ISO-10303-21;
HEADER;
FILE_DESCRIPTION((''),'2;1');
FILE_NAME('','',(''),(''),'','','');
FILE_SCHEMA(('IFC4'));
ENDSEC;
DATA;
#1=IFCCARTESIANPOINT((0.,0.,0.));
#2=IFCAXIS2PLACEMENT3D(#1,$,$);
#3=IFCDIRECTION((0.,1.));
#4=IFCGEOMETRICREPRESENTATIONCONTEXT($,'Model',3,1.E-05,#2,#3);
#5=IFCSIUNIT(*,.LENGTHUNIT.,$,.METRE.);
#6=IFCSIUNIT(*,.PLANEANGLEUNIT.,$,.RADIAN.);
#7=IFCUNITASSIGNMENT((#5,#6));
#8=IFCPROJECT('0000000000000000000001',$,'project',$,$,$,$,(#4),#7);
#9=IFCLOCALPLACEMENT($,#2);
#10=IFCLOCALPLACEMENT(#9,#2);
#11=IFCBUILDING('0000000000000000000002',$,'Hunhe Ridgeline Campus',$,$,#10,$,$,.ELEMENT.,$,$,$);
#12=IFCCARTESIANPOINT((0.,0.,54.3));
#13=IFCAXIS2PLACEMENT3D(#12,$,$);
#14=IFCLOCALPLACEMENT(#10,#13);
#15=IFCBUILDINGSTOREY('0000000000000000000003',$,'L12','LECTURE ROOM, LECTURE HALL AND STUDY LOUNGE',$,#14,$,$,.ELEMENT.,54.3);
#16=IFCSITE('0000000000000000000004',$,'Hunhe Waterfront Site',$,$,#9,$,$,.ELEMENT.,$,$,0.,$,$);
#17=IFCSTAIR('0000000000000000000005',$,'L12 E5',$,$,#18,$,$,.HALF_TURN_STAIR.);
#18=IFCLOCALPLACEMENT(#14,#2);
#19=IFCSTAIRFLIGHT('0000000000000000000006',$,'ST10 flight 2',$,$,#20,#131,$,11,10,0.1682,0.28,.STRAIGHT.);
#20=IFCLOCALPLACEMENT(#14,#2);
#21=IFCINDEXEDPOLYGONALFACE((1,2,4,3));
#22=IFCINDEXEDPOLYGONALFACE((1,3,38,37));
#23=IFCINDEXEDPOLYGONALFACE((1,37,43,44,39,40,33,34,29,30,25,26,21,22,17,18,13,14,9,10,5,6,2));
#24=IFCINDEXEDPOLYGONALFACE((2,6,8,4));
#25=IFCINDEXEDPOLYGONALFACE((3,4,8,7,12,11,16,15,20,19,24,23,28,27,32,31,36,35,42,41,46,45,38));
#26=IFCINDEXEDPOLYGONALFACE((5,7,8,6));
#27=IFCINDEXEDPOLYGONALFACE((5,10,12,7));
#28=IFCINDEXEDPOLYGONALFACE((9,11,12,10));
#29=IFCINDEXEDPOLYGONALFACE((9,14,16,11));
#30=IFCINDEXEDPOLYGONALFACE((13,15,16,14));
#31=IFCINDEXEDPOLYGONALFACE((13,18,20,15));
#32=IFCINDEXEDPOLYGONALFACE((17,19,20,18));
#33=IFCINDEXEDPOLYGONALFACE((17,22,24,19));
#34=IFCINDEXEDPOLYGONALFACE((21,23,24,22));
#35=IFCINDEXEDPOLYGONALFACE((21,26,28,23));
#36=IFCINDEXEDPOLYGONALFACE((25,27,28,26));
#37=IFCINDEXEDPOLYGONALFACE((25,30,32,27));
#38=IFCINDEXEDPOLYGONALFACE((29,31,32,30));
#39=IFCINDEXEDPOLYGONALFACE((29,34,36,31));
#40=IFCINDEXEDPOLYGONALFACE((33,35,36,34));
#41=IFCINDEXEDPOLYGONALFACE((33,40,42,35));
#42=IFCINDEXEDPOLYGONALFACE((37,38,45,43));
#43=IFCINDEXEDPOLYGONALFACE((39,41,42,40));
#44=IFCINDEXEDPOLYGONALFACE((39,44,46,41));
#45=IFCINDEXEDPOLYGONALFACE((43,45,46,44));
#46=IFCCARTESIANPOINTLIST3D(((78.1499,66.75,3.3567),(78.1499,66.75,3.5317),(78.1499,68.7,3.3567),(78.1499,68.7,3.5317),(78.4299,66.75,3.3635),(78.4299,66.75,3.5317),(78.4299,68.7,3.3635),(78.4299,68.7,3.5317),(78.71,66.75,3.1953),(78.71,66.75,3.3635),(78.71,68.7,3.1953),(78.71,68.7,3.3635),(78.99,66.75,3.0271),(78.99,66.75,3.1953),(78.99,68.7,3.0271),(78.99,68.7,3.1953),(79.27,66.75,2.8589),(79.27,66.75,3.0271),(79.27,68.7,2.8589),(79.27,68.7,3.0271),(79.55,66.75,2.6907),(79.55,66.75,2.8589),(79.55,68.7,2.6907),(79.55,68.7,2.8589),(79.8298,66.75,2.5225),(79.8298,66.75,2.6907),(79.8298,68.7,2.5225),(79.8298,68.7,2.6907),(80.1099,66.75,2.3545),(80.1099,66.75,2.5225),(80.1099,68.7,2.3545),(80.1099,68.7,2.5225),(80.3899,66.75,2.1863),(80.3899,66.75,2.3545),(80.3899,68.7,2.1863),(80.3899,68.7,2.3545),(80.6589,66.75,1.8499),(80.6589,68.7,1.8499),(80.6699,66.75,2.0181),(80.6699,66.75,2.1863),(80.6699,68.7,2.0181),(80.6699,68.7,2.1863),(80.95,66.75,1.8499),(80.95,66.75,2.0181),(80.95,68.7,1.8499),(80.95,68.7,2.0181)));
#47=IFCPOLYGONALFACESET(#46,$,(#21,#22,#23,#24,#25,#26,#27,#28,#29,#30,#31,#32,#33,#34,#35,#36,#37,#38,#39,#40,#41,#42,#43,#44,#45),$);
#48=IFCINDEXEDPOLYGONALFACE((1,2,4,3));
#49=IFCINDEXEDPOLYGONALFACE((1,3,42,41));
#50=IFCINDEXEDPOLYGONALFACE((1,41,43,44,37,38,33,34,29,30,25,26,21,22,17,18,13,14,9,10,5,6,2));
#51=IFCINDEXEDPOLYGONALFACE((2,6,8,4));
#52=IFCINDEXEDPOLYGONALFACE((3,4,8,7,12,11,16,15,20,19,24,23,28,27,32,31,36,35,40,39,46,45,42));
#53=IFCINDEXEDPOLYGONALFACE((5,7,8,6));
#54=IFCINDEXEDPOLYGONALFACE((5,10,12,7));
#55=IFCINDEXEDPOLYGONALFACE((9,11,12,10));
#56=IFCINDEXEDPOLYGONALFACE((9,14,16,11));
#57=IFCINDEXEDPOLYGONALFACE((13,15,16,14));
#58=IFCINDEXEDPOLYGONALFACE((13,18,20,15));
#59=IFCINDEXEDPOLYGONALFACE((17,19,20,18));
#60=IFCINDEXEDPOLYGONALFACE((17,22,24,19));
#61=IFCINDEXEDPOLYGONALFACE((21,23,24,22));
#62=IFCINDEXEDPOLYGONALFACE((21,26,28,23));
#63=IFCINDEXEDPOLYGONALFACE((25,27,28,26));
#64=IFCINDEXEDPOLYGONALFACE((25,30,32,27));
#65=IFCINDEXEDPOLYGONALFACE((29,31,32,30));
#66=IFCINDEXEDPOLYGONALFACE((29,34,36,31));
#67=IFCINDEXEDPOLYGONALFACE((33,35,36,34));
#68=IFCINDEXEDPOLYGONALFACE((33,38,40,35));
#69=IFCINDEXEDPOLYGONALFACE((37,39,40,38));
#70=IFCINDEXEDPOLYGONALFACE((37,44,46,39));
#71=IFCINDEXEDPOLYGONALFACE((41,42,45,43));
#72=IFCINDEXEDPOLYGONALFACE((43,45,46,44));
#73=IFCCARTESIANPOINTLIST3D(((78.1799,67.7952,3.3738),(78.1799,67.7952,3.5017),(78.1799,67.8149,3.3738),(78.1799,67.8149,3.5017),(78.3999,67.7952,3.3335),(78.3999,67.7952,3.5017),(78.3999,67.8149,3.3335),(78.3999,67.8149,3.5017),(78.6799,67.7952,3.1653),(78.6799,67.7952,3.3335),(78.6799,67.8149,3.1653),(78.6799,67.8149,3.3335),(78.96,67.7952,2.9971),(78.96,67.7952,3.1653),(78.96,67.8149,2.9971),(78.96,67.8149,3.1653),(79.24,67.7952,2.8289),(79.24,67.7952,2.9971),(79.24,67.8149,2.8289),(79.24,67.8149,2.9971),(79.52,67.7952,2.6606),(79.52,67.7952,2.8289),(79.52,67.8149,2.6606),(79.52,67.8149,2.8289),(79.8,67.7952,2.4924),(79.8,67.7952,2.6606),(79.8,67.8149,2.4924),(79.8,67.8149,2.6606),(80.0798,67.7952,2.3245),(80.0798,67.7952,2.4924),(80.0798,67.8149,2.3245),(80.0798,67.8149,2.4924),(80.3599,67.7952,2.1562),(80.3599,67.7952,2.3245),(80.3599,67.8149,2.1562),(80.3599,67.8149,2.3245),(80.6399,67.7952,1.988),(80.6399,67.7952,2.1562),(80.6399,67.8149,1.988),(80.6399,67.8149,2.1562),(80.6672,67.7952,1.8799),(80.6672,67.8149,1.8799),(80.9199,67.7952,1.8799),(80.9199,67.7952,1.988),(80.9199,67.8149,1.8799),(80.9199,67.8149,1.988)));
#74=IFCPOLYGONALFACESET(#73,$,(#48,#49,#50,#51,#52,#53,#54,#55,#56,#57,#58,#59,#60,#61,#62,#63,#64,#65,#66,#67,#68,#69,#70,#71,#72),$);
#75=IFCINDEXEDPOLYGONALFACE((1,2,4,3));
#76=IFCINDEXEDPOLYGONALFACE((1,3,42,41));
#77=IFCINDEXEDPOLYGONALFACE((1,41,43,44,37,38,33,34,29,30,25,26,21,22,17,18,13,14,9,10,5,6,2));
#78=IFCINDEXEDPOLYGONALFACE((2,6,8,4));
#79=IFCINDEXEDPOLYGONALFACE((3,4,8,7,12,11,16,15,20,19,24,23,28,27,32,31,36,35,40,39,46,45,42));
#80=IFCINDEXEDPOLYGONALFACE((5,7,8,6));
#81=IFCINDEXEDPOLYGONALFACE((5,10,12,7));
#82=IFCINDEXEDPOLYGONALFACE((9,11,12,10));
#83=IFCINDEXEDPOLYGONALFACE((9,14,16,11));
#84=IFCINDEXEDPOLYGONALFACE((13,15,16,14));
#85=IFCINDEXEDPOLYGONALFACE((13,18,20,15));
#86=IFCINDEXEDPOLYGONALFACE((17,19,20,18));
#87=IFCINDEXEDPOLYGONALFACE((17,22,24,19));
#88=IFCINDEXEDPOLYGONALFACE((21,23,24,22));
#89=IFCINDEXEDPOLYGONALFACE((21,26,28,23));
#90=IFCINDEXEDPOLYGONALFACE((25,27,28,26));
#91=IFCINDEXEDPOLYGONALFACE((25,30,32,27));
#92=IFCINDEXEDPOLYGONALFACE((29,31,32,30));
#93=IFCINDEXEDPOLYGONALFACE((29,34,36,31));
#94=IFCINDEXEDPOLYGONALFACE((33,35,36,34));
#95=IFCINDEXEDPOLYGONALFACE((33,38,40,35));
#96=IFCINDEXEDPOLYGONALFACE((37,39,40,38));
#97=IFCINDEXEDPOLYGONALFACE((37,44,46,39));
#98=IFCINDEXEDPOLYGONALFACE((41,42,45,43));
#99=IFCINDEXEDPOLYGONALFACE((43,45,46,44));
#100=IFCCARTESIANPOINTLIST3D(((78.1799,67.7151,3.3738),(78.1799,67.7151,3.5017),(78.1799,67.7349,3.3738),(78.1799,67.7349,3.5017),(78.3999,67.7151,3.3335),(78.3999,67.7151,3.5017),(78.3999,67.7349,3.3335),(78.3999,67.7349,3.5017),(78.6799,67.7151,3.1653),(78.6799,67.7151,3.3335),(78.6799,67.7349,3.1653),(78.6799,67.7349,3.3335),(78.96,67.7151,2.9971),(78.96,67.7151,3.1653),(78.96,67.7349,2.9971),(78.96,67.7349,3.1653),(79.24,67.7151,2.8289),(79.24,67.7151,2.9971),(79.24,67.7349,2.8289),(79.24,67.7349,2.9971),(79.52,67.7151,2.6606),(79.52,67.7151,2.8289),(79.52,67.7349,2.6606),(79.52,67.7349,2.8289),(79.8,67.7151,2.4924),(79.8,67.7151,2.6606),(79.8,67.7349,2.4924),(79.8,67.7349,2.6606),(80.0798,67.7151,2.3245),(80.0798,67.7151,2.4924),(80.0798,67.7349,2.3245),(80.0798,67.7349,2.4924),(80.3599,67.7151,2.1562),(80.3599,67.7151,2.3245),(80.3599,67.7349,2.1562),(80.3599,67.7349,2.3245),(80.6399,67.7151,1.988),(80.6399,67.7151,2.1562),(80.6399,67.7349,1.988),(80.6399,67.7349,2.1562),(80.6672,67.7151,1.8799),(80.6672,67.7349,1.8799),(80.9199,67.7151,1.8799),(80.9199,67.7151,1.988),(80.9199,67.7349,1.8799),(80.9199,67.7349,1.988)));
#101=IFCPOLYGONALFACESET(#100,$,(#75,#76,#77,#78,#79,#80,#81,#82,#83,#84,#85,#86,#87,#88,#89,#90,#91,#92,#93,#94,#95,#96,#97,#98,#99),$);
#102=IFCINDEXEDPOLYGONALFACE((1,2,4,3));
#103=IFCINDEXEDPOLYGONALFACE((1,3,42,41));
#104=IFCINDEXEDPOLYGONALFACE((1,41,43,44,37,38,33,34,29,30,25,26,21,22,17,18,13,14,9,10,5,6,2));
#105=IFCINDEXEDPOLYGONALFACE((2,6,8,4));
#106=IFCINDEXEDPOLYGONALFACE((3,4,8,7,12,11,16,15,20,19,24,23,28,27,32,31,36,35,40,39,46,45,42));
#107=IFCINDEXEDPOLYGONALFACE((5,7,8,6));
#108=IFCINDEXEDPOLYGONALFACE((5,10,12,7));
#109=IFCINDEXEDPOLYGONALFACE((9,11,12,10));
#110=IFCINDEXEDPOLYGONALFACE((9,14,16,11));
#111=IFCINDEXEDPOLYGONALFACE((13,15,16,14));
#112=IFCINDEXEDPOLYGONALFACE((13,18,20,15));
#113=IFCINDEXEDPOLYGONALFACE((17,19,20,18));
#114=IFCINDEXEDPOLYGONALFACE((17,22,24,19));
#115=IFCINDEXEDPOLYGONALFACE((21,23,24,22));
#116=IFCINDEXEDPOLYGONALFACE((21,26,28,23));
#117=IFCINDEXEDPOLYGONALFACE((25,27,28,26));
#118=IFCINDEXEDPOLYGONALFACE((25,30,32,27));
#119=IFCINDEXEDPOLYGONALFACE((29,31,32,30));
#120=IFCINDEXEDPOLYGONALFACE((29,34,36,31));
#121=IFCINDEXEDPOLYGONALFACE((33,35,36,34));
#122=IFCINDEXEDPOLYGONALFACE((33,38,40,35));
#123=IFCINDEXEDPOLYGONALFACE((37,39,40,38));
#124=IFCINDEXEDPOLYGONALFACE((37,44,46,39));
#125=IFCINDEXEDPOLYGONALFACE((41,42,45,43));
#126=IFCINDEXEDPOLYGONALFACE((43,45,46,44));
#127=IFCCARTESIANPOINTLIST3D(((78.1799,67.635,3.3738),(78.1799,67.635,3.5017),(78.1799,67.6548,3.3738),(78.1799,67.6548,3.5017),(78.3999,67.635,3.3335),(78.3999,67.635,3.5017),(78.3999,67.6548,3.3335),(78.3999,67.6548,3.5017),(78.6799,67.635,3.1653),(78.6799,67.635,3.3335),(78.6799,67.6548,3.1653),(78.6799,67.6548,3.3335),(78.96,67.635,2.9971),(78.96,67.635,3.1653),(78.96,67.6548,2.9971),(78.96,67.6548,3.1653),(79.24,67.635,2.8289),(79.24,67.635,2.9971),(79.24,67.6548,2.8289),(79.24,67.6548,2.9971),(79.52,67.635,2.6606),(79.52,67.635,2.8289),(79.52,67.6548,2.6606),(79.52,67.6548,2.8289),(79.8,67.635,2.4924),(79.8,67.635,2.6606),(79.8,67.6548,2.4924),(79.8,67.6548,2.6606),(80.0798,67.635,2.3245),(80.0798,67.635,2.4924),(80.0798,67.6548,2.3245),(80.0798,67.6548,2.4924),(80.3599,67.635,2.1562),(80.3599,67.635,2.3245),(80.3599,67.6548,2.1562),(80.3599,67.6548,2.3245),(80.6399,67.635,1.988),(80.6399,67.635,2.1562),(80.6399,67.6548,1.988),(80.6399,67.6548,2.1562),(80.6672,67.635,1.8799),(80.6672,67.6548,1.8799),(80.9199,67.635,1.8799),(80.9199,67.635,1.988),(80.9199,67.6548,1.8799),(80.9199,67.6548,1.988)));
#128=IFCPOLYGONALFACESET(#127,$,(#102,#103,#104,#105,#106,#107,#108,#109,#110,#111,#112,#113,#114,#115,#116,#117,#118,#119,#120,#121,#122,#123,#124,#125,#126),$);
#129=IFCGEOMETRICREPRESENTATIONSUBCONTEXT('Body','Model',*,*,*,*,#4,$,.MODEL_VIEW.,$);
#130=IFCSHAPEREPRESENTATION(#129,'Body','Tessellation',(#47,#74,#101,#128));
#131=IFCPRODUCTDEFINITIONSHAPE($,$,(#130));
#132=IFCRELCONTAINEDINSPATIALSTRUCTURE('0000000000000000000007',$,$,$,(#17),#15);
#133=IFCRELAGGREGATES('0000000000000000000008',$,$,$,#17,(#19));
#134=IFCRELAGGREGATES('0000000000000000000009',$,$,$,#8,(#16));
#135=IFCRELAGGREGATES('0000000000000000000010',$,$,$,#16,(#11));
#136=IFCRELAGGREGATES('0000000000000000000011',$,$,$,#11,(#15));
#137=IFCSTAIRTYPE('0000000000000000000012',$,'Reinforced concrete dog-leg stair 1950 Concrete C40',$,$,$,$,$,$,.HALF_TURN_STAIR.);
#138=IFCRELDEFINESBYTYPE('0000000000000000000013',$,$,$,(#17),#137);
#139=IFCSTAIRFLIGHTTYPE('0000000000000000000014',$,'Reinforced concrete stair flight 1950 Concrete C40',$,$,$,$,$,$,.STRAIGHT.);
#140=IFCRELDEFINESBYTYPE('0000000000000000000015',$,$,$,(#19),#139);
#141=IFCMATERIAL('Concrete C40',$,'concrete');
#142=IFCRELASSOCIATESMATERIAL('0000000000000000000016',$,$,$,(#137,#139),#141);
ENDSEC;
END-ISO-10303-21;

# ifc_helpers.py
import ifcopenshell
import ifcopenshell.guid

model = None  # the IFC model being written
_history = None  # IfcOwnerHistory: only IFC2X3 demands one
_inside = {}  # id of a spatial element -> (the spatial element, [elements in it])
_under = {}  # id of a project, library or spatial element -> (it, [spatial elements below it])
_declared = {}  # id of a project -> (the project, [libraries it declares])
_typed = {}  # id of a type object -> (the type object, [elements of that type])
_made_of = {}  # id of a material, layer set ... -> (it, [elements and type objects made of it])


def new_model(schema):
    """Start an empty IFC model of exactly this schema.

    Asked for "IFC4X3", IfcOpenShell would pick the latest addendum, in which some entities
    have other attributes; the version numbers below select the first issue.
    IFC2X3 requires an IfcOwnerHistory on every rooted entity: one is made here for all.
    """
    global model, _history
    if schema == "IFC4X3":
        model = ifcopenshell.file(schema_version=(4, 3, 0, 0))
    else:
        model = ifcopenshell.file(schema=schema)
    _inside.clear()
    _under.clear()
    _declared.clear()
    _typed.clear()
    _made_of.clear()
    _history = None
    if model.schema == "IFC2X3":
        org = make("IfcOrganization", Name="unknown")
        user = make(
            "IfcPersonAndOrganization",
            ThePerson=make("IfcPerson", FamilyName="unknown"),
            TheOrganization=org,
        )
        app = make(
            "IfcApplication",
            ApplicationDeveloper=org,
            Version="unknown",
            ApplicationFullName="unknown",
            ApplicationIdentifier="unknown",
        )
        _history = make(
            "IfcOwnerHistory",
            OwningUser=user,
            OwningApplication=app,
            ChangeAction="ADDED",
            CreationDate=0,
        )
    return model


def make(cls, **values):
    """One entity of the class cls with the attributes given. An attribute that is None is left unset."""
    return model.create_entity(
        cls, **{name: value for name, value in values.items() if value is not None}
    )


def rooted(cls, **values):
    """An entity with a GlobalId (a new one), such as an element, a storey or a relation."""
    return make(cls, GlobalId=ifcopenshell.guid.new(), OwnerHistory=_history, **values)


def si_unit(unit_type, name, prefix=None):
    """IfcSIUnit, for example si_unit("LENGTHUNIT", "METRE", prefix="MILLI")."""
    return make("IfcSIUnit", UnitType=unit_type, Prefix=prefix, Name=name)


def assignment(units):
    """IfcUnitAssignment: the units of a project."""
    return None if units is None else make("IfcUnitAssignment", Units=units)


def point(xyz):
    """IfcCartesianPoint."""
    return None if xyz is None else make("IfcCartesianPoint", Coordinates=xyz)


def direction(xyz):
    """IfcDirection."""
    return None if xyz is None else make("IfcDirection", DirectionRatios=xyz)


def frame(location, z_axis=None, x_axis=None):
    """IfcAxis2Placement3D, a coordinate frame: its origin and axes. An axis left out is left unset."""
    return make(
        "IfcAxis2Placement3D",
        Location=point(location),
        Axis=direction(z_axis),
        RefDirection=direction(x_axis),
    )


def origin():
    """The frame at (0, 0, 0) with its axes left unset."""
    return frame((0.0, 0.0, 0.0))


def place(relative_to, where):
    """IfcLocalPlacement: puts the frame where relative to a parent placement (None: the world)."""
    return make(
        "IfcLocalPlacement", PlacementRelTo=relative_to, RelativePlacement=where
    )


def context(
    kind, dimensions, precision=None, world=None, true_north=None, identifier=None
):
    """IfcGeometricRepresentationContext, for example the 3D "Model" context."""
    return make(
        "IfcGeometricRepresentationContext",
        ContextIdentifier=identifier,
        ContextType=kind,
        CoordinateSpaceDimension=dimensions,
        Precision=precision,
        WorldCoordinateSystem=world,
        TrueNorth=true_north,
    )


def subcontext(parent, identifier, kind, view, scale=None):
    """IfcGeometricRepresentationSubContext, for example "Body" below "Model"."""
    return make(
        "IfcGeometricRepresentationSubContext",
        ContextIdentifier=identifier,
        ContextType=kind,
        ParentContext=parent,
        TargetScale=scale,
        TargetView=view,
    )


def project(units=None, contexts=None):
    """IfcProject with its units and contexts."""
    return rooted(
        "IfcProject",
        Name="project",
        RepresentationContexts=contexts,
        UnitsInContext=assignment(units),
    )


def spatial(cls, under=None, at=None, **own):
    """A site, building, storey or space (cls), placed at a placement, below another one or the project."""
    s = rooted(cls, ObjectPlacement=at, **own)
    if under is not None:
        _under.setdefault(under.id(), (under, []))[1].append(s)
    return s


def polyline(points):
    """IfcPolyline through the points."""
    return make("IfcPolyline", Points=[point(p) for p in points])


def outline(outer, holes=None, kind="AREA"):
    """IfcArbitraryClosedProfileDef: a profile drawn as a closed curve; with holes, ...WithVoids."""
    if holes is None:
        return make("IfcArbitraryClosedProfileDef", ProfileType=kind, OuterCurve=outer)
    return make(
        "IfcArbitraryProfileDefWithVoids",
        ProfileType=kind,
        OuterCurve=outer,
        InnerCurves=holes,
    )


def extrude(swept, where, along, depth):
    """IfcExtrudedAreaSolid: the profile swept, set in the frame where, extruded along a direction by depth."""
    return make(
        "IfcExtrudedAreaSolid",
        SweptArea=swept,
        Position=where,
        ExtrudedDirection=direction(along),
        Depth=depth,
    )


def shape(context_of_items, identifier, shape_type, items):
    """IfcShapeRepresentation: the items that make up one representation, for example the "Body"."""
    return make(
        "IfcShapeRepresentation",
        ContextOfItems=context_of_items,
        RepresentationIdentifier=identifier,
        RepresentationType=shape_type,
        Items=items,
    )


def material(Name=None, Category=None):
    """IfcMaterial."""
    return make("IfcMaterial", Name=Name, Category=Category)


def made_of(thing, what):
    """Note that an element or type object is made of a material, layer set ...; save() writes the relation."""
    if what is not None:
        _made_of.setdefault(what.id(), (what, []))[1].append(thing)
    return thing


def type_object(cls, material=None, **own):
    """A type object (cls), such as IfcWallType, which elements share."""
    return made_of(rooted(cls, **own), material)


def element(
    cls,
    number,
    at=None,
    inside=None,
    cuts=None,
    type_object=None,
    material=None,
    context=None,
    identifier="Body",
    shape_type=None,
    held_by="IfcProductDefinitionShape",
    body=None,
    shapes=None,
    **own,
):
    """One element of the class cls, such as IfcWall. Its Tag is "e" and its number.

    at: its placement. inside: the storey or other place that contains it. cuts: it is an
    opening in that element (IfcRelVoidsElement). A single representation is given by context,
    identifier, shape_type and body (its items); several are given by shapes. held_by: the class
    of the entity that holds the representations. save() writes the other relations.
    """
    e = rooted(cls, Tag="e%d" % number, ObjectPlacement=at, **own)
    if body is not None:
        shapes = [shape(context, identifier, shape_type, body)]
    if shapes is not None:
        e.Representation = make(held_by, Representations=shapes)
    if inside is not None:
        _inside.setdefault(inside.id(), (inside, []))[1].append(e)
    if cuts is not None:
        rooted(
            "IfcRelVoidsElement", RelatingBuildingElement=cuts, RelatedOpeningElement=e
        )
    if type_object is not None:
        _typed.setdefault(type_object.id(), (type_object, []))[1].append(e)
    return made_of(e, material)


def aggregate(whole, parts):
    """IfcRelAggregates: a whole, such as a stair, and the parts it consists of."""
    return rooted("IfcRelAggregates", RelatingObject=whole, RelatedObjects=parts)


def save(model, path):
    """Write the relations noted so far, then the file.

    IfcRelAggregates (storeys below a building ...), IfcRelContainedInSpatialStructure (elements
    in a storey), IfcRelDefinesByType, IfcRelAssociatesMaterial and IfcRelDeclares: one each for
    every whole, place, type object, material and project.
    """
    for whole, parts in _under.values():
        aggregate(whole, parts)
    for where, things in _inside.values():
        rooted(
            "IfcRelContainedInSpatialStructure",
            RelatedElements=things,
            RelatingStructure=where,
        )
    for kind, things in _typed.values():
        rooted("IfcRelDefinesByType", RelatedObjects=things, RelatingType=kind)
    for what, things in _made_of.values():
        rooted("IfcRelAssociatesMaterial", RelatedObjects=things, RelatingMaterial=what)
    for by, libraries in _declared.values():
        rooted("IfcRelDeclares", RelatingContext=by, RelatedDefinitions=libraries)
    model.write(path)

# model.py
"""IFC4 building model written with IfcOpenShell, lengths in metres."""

from ifc_helpers import new_model, si_unit, direction, frame, origin, place, context, subcontext, project, spatial, polyline, outline, extrude, material, type_object, element, aggregate, save


model = new_model("IFC4")

# Units and contexts
model_context = context("Model", 3, precision=1e-05, world=origin(), true_north=direction((0.0, 1.0)))
body_context = subcontext(model_context, "Body", "Model", "MODEL_VIEW")
ifc_project = project(units=[si_unit("LENGTHUNIT", "METRE"), si_unit("PLANEANGLEUNIT", "RADIAN")], contexts=[model_context])

# Site, building, storey
site_placement = place(None, origin())
site = spatial("IfcSite", under=ifc_project, at=site_placement, Name="Hunhe Waterfront Site", CompositionType="ELEMENT", RefElevation=0.0)
building_placement = place(site_placement, origin())
building = spatial("IfcBuilding", under=site, at=building_placement, Name="Hunhe Ridgeline Campus", CompositionType="ELEMENT")
storey_placement = place(building_placement, frame((0.0, 0.0, 54.3)))
storey = spatial("IfcBuildingStorey", under=building, at=storey_placement, Name="L12", Description="LECTURE ROOM, LECTURE HALL AND STUDY LOUNGE", CompositionType="ELEMENT", Elevation=54.3)

# Stair, stair flight
ifc_material_1 = material(Name="Concrete C40", Category="concrete")
stair_type = type_object("IfcStairType", Name="Reinforced concrete dog-leg stair 1950 Concrete C40", PredefinedType="HALF_TURN_STAIR", material=ifc_material_1)
stair_placement = place(storey_placement, origin())
stair = element("IfcStair", 1, at=stair_placement, inside=storey, type_object=stair_type, Name="L12 E5", PredefinedType="HALF_TURN_STAIR")
stair_flight_type = type_object("IfcStairFlightType", Name="Reinforced concrete stair flight 1950 Concrete C40", PredefinedType="STRAIGHT", material=ifc_material_1)
stair_flight_1_placement = place(storey_placement, frame((80.95, 67.7251, 1.8499), z_axis=(0.0, 0.0, 1.0), x_axis=(-1.0, 0.0, 0.0)))
stair_flight_1 = element("IfcStairFlight", 2, at=stair_flight_1_placement, type_object=stair_flight_type, Name="ST10 flight 2", NumberOfRisers=11, NumberOfTreads=10, PredefinedType="STRAIGHT", RiserHeight=0.1682, TreadLength=0.28, context=body_context, shape_type="SweptSolid", body=[
    extrude(outline(polyline([(0.0, 0.0), (0.0, 0.1682), (0.28, 0.1682), (0.28, 0.3364), (0.5601, 0.3364), (0.5601, 0.5046), (0.8401, 0.5046), (0.8401, 0.6726), (1.1201, 0.6726), (1.1201, 0.8408), (1.3999, 0.8408), (1.3999, 1.009), (1.6799, 1.009), (1.6799, 1.1772), (1.96, 1.1772), (1.96, 1.3455), (2.24, 1.3455), (2.24, 1.5137), (2.52, 1.5137), (2.52, 1.6819), (2.8, 1.6819), (2.8, 1.8501), (2.8, 1.5068), (0.291, 0.0), (0.0, 0.0)])), frame((0.0, 0.9751, 0.0), z_axis=(0.0, -1.0, 0.0), x_axis=(1.0, 0.0, 0.0)), (0.0, 0.0, 1.0), 1.95),
    extrude(outline(polyline([(0.03, 0.03), (0.03, 0.1382), (0.3101, 0.1382), (0.3101, 0.3064), (0.5901, 0.3064), (0.5901, 0.4746), (0.8701, 0.4746), (0.8701, 0.6426), (1.1499, 0.6426), (1.1499, 0.8108), (1.4299, 0.8108), (1.4299, 0.979), (1.71, 0.979), (1.71, 1.1472), (1.99, 1.1472), (1.99, 1.3154), (2.27, 1.3154), (2.27, 1.4836), (2.55, 1.4836), (2.55, 1.6519), (2.77, 1.6519), (2.77, 1.5239), (0.2827, 0.03), (0.03, 0.03)])), frame((0.0, -0.0701, 0.0), z_axis=(0.0, -1.0, 0.0), x_axis=(1.0, 0.0, 0.0)), (0.0, 0.0, 1.0), 0.0198),
    extrude(outline(polyline([(0.03, 0.03), (0.03, 0.1382), (0.3101, 0.1382), (0.3101, 0.3064), (0.5901, 0.3064), (0.5901, 0.4746), (0.8701, 0.4746), (0.8701, 0.6426), (1.1499, 0.6426), (1.1499, 0.8108), (1.4299, 0.8108), (1.4299, 0.979), (1.71, 0.979), (1.71, 1.1472), (1.99, 1.1472), (1.99, 1.3154), (2.27, 1.3154), (2.27, 1.4836), (2.55, 1.4836), (2.55, 1.6519), (2.77, 1.6519), (2.77, 1.5239), (0.2827, 0.03), (0.03, 0.03)])), frame((0.0, 0.01, 0.0), z_axis=(0.0, -1.0, 0.0), x_axis=(1.0, 0.0, 0.0)), (0.0, 0.0, 1.0), 0.0198),
    extrude(outline(polyline([(0.03, 0.03), (0.03, 0.1382), (0.3101, 0.1382), (0.3101, 0.3064), (0.5901, 0.3064), (0.5901, 0.4746), (0.8701, 0.4746), (0.8701, 0.6426), (1.1499, 0.6426), (1.1499, 0.8108), (1.4299, 0.8108), (1.4299, 0.979), (1.71, 0.979), (1.71, 1.1472), (1.99, 1.1472), (1.99, 1.3154), (2.27, 1.3154), (2.27, 1.4836), (2.55, 1.4836), (2.55, 1.6519), (2.77, 1.6519), (2.77, 1.5239), (0.2827, 0.03), (0.03, 0.03)])), frame((0.0, 0.0901, 0.0), z_axis=(0.0, -1.0, 0.0), x_axis=(1.0, 0.0, 0.0)), (0.0, 0.0, 1.0), 0.0198),
])
aggregate(stair, [stair_flight_1])

save(model, "model.ifc")
